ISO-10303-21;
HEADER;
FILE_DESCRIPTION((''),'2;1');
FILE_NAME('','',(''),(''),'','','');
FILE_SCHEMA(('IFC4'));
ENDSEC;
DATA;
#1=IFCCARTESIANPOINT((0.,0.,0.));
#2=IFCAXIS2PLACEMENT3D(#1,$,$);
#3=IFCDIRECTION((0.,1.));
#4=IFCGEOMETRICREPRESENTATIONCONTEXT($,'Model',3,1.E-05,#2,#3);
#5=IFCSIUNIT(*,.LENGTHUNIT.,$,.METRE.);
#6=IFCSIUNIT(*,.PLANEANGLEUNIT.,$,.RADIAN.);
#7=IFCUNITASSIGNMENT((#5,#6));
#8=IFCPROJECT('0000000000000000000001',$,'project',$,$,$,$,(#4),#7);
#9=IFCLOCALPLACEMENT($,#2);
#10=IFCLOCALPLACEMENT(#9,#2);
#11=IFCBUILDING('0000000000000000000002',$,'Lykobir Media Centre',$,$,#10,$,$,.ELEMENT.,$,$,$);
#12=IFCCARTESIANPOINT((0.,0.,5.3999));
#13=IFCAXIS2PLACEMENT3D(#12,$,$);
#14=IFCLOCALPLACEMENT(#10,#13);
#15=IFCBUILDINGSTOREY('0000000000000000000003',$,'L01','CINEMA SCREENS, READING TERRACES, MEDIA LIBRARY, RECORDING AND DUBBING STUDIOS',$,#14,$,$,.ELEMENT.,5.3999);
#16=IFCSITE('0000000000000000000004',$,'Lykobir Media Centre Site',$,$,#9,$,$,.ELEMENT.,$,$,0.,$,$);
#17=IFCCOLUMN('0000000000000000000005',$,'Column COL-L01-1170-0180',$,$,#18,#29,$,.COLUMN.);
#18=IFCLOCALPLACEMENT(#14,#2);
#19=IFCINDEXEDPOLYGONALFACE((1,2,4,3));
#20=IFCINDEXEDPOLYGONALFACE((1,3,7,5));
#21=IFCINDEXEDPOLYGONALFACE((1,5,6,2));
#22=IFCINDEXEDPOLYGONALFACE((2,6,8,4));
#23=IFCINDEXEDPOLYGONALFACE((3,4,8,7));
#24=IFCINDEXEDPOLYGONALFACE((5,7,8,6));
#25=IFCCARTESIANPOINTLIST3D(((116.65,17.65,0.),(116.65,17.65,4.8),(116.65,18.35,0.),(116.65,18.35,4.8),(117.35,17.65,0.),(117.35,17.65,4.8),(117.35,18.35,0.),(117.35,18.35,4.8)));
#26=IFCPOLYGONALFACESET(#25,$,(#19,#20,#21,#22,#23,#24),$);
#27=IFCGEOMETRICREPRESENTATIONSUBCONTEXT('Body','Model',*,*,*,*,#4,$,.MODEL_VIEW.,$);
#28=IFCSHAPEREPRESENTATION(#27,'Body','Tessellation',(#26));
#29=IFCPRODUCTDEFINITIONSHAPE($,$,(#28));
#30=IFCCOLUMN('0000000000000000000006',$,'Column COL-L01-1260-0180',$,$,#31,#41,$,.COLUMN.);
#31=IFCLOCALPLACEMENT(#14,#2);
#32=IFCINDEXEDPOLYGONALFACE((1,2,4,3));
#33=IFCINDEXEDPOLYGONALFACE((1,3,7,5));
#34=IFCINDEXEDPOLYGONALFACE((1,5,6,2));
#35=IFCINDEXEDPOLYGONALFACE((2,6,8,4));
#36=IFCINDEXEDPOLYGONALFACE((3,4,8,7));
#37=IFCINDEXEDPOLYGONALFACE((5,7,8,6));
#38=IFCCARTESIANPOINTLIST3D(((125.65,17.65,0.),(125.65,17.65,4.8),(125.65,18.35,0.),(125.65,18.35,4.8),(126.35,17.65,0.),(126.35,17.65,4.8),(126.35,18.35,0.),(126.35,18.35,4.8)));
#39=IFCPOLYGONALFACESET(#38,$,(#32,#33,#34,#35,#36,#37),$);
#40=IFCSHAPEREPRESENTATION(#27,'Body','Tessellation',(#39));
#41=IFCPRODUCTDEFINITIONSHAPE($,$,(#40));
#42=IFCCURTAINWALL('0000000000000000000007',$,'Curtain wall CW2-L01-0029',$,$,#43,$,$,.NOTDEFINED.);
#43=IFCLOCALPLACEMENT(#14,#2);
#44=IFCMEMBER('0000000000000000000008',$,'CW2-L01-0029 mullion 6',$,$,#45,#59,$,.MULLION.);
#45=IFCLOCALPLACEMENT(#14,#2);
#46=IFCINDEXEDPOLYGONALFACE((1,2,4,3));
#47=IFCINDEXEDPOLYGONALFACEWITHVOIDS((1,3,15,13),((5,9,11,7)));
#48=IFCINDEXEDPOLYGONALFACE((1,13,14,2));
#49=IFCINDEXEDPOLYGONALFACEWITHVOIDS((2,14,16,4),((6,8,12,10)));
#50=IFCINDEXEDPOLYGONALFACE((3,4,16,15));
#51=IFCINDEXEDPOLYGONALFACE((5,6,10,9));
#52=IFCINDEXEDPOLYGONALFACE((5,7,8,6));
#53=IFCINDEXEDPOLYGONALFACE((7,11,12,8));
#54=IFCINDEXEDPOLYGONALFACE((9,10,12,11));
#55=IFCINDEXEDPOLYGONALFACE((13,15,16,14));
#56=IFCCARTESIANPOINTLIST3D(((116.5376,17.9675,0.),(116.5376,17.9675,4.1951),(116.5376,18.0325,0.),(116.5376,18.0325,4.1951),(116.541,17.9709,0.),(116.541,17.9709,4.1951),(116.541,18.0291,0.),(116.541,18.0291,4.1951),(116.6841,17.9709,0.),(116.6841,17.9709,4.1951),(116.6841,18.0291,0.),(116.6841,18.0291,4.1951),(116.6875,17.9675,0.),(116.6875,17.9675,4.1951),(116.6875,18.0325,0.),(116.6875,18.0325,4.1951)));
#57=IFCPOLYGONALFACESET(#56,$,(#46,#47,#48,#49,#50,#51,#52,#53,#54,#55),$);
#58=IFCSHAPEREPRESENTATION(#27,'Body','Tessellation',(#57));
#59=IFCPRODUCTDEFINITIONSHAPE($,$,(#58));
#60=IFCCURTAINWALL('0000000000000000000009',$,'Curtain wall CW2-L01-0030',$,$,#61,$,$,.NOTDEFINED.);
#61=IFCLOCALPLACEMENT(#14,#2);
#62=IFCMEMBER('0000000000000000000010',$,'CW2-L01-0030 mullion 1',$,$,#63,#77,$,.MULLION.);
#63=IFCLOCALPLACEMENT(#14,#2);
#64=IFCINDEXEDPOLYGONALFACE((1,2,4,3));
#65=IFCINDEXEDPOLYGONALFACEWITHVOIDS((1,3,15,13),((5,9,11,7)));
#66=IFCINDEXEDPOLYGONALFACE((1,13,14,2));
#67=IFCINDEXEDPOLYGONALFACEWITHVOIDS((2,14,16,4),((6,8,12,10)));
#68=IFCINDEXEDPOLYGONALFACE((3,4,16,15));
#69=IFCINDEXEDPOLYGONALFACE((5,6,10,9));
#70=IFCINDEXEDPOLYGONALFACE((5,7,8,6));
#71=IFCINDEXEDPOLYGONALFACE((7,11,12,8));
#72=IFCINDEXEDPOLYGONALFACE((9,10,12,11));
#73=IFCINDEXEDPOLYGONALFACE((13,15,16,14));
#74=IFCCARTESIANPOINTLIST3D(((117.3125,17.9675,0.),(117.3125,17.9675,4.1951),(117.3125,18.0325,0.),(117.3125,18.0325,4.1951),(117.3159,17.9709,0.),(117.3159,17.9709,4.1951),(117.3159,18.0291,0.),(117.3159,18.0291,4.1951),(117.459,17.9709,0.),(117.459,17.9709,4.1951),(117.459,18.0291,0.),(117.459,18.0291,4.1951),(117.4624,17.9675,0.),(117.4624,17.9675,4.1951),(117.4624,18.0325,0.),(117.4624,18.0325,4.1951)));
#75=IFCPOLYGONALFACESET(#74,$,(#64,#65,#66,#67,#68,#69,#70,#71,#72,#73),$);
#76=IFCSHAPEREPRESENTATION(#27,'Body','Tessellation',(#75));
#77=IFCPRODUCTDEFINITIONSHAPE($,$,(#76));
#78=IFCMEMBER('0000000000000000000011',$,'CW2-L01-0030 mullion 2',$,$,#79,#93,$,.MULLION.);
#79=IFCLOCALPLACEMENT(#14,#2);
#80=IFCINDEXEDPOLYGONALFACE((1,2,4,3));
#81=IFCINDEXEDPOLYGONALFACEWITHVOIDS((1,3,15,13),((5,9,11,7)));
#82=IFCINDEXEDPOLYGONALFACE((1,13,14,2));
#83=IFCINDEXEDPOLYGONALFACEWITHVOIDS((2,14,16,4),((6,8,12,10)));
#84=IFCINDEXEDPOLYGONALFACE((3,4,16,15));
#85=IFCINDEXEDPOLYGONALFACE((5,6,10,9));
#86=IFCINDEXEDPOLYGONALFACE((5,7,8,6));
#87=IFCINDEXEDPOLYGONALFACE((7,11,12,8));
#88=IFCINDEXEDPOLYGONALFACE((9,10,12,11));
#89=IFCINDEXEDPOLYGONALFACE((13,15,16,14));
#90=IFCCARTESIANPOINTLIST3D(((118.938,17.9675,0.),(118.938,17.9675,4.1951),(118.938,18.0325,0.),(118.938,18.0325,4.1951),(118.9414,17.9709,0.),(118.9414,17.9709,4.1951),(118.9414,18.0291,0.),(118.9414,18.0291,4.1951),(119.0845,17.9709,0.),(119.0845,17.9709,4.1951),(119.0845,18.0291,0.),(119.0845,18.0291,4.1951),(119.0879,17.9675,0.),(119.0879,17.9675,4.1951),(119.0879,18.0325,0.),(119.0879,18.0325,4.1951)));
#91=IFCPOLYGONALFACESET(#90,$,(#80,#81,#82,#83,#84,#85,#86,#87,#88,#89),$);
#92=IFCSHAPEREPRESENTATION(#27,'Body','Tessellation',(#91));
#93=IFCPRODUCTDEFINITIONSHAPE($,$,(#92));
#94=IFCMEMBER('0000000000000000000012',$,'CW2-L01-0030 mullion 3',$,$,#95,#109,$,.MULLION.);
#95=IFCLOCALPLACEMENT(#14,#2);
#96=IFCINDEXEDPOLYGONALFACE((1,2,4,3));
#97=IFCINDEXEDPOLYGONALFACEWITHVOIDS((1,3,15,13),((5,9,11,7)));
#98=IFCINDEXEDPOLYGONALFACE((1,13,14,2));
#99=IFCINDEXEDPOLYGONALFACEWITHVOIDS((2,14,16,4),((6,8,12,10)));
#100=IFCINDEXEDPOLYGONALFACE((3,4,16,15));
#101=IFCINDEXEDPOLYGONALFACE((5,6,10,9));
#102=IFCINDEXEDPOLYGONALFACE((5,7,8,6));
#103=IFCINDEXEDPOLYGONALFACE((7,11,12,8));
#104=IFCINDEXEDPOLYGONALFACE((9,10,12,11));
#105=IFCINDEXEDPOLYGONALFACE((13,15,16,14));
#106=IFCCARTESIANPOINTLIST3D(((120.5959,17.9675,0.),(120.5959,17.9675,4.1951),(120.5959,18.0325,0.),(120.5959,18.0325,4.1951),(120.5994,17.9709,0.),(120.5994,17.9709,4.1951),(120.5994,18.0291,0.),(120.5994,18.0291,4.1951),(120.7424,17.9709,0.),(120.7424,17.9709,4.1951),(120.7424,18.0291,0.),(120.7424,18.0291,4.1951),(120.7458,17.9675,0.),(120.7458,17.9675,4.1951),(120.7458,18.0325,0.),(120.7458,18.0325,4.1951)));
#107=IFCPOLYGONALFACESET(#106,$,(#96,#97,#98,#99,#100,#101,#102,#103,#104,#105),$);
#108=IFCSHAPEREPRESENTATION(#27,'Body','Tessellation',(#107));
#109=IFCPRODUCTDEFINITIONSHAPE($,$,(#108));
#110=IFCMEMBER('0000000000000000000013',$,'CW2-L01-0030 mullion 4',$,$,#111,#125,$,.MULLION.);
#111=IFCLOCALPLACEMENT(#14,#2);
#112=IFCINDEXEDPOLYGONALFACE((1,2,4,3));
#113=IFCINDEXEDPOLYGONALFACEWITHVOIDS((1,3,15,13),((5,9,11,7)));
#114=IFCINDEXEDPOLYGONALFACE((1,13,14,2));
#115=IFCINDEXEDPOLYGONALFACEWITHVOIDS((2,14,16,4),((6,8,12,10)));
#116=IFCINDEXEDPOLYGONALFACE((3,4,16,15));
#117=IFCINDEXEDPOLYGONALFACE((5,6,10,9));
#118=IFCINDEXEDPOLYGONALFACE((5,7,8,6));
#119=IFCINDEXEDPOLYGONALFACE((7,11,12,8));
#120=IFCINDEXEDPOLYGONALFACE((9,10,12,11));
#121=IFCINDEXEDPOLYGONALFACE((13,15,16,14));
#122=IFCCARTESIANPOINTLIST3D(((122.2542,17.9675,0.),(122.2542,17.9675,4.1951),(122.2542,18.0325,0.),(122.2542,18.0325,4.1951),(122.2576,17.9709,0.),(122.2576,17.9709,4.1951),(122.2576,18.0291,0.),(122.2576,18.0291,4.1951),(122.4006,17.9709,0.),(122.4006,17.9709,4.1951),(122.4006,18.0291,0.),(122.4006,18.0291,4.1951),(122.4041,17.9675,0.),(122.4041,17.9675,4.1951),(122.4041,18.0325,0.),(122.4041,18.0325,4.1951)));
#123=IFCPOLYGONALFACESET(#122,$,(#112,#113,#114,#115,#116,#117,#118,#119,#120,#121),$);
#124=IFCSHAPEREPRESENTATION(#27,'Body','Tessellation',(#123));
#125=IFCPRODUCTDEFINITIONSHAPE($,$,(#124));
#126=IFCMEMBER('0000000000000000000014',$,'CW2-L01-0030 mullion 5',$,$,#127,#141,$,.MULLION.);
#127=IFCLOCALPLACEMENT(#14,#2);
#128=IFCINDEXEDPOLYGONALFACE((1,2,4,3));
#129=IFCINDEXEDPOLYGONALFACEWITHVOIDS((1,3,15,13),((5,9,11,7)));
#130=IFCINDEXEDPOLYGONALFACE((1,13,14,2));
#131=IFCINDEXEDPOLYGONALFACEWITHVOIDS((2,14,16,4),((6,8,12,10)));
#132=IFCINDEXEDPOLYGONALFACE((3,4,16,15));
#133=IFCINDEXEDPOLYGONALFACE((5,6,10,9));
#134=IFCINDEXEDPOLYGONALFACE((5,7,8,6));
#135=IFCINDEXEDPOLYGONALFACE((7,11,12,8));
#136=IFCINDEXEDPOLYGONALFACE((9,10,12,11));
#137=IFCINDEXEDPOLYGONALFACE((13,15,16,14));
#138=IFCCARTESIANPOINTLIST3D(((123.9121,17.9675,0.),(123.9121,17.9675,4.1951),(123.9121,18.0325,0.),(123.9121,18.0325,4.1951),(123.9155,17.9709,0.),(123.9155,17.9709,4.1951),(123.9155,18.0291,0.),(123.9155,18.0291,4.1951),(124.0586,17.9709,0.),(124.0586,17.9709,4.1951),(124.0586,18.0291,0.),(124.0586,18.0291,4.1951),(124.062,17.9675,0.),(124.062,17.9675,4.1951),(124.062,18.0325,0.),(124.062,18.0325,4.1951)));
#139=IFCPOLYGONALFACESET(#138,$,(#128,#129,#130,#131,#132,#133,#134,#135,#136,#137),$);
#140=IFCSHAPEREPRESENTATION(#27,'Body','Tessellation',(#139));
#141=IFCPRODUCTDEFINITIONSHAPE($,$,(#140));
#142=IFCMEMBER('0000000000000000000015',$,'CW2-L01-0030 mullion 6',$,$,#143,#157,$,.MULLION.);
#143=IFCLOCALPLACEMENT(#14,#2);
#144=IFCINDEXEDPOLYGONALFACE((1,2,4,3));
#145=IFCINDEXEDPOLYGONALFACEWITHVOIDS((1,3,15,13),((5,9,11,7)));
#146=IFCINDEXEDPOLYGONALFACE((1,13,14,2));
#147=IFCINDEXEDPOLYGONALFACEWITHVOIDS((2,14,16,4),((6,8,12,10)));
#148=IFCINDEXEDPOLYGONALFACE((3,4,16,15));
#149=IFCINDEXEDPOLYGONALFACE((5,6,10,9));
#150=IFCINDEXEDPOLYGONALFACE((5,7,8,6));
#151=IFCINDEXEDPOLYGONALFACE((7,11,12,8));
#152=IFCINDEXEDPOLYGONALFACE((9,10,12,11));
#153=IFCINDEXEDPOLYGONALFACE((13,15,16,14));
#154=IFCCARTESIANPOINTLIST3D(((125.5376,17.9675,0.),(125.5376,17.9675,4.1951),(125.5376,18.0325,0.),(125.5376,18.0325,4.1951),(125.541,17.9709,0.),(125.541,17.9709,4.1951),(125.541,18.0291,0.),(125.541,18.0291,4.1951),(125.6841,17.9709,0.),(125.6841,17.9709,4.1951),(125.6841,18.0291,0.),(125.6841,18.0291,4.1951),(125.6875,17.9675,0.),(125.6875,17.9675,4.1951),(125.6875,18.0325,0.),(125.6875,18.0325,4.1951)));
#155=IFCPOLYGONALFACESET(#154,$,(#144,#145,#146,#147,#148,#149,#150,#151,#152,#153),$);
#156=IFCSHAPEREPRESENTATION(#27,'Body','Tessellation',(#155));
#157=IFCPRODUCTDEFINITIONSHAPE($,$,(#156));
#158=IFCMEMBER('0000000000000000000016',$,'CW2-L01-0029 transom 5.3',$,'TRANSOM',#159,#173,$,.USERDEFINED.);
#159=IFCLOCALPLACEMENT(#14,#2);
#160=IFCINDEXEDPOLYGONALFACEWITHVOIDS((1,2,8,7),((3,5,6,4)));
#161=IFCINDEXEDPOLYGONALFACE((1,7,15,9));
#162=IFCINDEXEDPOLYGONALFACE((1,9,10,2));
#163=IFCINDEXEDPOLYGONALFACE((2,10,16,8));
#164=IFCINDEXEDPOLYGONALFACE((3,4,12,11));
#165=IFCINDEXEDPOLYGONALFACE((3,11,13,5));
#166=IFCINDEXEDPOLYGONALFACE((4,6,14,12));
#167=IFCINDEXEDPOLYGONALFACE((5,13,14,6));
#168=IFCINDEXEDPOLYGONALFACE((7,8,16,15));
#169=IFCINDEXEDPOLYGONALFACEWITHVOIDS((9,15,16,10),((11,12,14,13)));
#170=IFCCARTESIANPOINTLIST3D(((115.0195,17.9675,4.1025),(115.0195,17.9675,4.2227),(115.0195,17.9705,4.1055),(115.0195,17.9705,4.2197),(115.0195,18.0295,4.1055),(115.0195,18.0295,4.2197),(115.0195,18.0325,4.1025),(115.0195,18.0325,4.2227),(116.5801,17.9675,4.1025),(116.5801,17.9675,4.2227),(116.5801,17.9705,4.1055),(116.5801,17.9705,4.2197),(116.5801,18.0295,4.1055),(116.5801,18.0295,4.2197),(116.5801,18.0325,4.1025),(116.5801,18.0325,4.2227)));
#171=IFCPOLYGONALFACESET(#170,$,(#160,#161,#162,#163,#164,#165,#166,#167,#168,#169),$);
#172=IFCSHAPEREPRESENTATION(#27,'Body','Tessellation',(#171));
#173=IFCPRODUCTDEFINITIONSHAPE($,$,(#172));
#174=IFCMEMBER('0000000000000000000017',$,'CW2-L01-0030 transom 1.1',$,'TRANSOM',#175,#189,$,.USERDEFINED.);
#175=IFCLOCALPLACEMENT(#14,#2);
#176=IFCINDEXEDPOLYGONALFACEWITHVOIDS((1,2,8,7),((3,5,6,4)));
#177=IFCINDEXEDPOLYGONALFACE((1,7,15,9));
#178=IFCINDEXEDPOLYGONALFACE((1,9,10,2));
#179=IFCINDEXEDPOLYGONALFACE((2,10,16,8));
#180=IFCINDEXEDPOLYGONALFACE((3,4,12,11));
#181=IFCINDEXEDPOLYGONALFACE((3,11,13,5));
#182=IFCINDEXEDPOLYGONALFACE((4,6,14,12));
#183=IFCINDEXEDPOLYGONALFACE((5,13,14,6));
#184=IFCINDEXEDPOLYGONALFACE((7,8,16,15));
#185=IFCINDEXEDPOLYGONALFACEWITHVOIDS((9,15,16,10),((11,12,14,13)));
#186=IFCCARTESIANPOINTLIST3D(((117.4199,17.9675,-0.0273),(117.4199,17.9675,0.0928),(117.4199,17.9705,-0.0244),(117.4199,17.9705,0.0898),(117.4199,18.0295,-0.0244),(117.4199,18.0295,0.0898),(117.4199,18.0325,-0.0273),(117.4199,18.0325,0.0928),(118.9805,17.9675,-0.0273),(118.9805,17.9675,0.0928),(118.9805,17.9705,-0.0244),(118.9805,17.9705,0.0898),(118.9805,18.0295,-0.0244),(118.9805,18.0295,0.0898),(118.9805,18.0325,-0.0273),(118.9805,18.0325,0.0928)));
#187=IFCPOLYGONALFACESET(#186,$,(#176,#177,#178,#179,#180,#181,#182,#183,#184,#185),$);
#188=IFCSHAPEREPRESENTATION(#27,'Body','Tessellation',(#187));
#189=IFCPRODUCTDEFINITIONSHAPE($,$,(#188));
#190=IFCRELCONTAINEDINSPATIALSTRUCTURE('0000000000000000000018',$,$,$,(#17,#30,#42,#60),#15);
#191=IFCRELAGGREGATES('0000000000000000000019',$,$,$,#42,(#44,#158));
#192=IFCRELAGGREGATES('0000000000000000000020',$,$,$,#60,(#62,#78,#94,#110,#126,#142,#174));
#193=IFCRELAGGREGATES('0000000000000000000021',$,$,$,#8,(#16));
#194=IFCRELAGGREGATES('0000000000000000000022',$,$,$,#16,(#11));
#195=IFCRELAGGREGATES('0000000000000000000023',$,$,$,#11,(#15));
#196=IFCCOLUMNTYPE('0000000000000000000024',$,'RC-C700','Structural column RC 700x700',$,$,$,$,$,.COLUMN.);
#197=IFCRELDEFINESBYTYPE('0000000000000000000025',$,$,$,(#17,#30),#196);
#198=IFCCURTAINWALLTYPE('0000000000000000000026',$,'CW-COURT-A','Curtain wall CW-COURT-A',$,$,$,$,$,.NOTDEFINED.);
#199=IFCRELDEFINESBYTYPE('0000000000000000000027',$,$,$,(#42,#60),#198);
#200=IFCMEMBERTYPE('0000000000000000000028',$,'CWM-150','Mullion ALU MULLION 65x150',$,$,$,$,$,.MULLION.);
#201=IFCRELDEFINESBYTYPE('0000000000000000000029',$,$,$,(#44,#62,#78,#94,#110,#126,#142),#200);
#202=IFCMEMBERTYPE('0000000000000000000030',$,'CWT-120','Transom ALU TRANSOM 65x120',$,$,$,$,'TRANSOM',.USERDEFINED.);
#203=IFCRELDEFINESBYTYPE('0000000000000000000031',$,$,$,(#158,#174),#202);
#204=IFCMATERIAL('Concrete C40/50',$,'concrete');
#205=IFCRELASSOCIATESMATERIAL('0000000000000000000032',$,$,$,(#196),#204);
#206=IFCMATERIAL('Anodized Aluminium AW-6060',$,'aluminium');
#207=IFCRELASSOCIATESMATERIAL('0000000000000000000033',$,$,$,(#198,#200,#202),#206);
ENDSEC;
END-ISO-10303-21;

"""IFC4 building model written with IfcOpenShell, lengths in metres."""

from ifc_helpers import new_model, si_unit, direction, frame, origin, origin_2d, place, context, subcontext, project, spatial, rectangle, hollow_rectangle, extrude, material, material_profile, profile_set, type_object, element, aggregate, save


model = new_model("IFC4")

# Units and contexts
model_context = context("Model", 3, precision=1e-05, world=origin(), true_north=direction((0.0, 1.0)))
body_context = subcontext(model_context, "Body", "Model", "MODEL_VIEW")
ifc_project = project(units=[si_unit("LENGTHUNIT", "METRE"), si_unit("PLANEANGLEUNIT", "RADIAN")], contexts=[model_context])

# Site, building, storey
site_placement = place(None, origin())
site = spatial("IfcSite", under=ifc_project, at=site_placement, Name="Lykobir Media Centre Site", CompositionType="ELEMENT", RefElevation=0.0)
building_placement = place(site_placement, origin())
building = spatial("IfcBuilding", under=site, at=building_placement, Name="Lykobir Media Centre", CompositionType="ELEMENT")
storey_placement = place(building_placement, frame((0.0, 0.0, 5.3999)))
storey = spatial("IfcBuildingStorey", under=building, at=storey_placement, Name="L01", Description="CINEMA SCREENS, READING TERRACES, MEDIA LIBRARY, RECORDING AND DUBBING STUDIOS", CompositionType="ELEMENT", Elevation=5.3999)

# Columns
ifc_material_1 = material(Name="Concrete C40/50", Category="concrete")
ifc_material_profile_1 = material_profile(ifc_material_1, rectangle(XDim=0.7, YDim=0.7, at=origin_2d()), Name="RC 700x700")
ifc_profile_set_1 = profile_set([ifc_material_profile_1], Name="Concrete C40/50")
column_type = type_object("IfcColumnType", Name="RC-C700", Description="Structural column RC 700x700", PredefinedType="COLUMN", material=ifc_profile_set_1)
for number, where, z_axis, x_axis, name in (
    (1, (117.0, 18.0, 0.0), (0.0, 0.0, 1.0), (1.0, 0.0, 0.0), "Column COL-L01-1170-0180"),
    (2, (126.0, 18.0, 0.0), (0.0, 0.0, 1.0), (1.0, 0.0, 0.0), "Column COL-L01-1260-0180"),
):
    element("IfcColumn", number, at=place(storey_placement, frame(where, z_axis=z_axis, x_axis=x_axis)), inside=storey, type_object=column_type, Name=name, PredefinedType="COLUMN", context=body_context, shape_type="SweptSolid", body=[
        extrude(rectangle(XDim=0.7, YDim=0.7, at=origin_2d()), origin(), (0.0, 0.0, 1.0), 4.8),
    ])

# Curtain wall, member
ifc_material_2 = material(Name="Anodized Aluminium AW-6060", Category="aluminium")
curtain_wall_type = type_object("IfcCurtainWallType", Name="CW-COURT-A", Description="Curtain wall CW-COURT-A", PredefinedType="NOTDEFINED", material=ifc_material_2)
curtain_wall_1_placement = place(storey_placement, origin())
curtain_wall_1 = element("IfcCurtainWall", 3, at=curtain_wall_1_placement, inside=storey, type_object=curtain_wall_type, Name="Curtain wall CW2-L01-0029", PredefinedType="NOTDEFINED")
ifc_material_profile_2 = material_profile(ifc_material_2, hollow_rectangle(XDim=0.0649, YDim=0.1499, WallThickness=0.0034, at=origin_2d()), Name="ALU MULLION 65x150")
ifc_profile_set_2 = profile_set([ifc_material_profile_2], Name="Anodized Aluminium AW-6060")
member_type_1 = type_object("IfcMemberType", Name="CWM-150", Description="Mullion ALU MULLION 65x150", PredefinedType="MULLION", material=ifc_profile_set_2)
member_1_placement = place(storey_placement, frame((116.6125, 18.0, 0.0), z_axis=(0.0, 0.0, 1.0), x_axis=(0.0, 1.0, 0.0)))
member_1 = element("IfcMember", 4, at=member_1_placement, type_object=member_type_1, Name="CW2-L01-0029 mullion 6", PredefinedType="MULLION", context=body_context, shape_type="SweptSolid", body=[
    extrude(hollow_rectangle(XDim=0.0649, YDim=0.1499, WallThickness=0.0034, at=origin_2d()), origin(), (0.0, 0.0, 1.0), 4.1951),
])

# Curtain wall, members
curtain_wall_2_placement = place(storey_placement, origin())
curtain_wall_2 = element("IfcCurtainWall", 5, at=curtain_wall_2_placement, inside=storey, type_object=curtain_wall_type, Name="Curtain wall CW2-L01-0030", PredefinedType="NOTDEFINED")
member_2_placement = place(storey_placement, frame((117.3875, 18.0, 0.0), z_axis=(0.0, 0.0, 1.0), x_axis=(0.0, 1.0, 0.0)))
member_2 = element("IfcMember", 6, at=member_2_placement, type_object=member_type_1, Name="CW2-L01-0030 mullion 1", PredefinedType="MULLION", context=body_context, shape_type="SweptSolid", body=[
    extrude(hollow_rectangle(XDim=0.0649, YDim=0.1499, WallThickness=0.0034, at=origin_2d()), origin(), (0.0, 0.0, 1.0), 4.1951),
])
member_3_placement = place(storey_placement, frame((119.0129, 18.0, 0.0), z_axis=(0.0, 0.0, 1.0), x_axis=(0.0, 1.0, 0.0)))
member_3 = element("IfcMember", 7, at=member_3_placement, type_object=member_type_1, Name="CW2-L01-0030 mullion 2", PredefinedType="MULLION", context=body_context, shape_type="SweptSolid", body=[
    extrude(hollow_rectangle(XDim=0.0649, YDim=0.1499, WallThickness=0.0034, at=origin_2d()), origin(), (0.0, 0.0, 1.0), 4.1951),
])
member_4_placement = place(storey_placement, frame((120.6709, 18.0, 0.0), z_axis=(0.0, 0.0, 1.0), x_axis=(0.0, 1.0, 0.0)))
member_4 = element("IfcMember", 8, at=member_4_placement, type_object=member_type_1, Name="CW2-L01-0030 mullion 3", PredefinedType="MULLION", context=body_context, shape_type="SweptSolid", body=[
    extrude(hollow_rectangle(XDim=0.0649, YDim=0.1499, WallThickness=0.0034, at=origin_2d()), origin(), (0.0, 0.0, 1.0), 4.1951),
])
member_5_placement = place(storey_placement, frame((122.3291, 18.0, 0.0), z_axis=(0.0, 0.0, 1.0), x_axis=(0.0, 1.0, 0.0)))
member_5 = element("IfcMember", 9, at=member_5_placement, type_object=member_type_1, Name="CW2-L01-0030 mullion 4", PredefinedType="MULLION", context=body_context, shape_type="SweptSolid", body=[
    extrude(hollow_rectangle(XDim=0.0649, YDim=0.1499, WallThickness=0.0034, at=origin_2d()), origin(), (0.0, 0.0, 1.0), 4.1951),
])
member_6_placement = place(storey_placement, frame((123.9871, 18.0, 0.0), z_axis=(0.0, 0.0, 1.0), x_axis=(0.0, 1.0, 0.0)))
member_6 = element("IfcMember", 10, at=member_6_placement, type_object=member_type_1, Name="CW2-L01-0030 mullion 5", PredefinedType="MULLION", context=body_context, shape_type="SweptSolid", body=[
    extrude(hollow_rectangle(XDim=0.0649, YDim=0.1499, WallThickness=0.0034, at=origin_2d()), origin(), (0.0, 0.0, 1.0), 4.1951),
])
member_7_placement = place(storey_placement, frame((125.6125, 18.0, 0.0), z_axis=(0.0, 0.0, 1.0), x_axis=(0.0, 1.0, 0.0)))
member_7 = element("IfcMember", 11, at=member_7_placement, type_object=member_type_1, Name="CW2-L01-0030 mullion 6", PredefinedType="MULLION", context=body_context, shape_type="SweptSolid", body=[
    extrude(hollow_rectangle(XDim=0.0649, YDim=0.1499, WallThickness=0.0034, at=origin_2d()), origin(), (0.0, 0.0, 1.0), 4.1951),
])

# Members
ifc_material_profile_3 = material_profile(ifc_material_2, hollow_rectangle(XDim=0.0649, YDim=0.1201, WallThickness=0.0029, at=origin_2d()), Name="ALU TRANSOM 65x120")
ifc_profile_set_3 = profile_set([ifc_material_profile_3], Name="Anodized Aluminium AW-6060")
member_type_2 = type_object("IfcMemberType", Name="CWT-120", Description="Transom ALU TRANSOM 65x120", ElementType="TRANSOM", PredefinedType="USERDEFINED", material=ifc_profile_set_3)
member_8_placement = place(storey_placement, frame((115.0195, 18.0, 4.1626), z_axis=(1.0, 0.0, 0.0), x_axis=(0.0, 1.0, 0.0)))
member_8 = element("IfcMember", 12, at=member_8_placement, type_object=member_type_2, Name="CW2-L01-0029 transom 5.3", ObjectType="TRANSOM", PredefinedType="USERDEFINED", context=body_context, shape_type="SweptSolid", body=[
    extrude(hollow_rectangle(XDim=0.0649, YDim=0.1201, WallThickness=0.0029, at=origin_2d()), origin(), (0.0, 0.0, 1.0), 1.5605),
])
member_9_placement = place(storey_placement, frame((117.4199, 18.0, 0.0327), z_axis=(1.0, 0.0, 0.0), x_axis=(0.0, 1.0, 0.0)))
member_9 = element("IfcMember", 13, at=member_9_placement, type_object=member_type_2, Name="CW2-L01-0030 transom 1.1", ObjectType="TRANSOM", PredefinedType="USERDEFINED", context=body_context, shape_type="SweptSolid", body=[
    extrude(hollow_rectangle(XDim=0.0649, YDim=0.1201, WallThickness=0.0029, at=origin_2d()), origin(), (0.0, 0.0, 1.0), 1.5605),
])

aggregate(curtain_wall_1, [member_1, member_8])
aggregate(curtain_wall_2, [member_2, member_3, member_4, member_5, member_6, member_7, member_9])

save(model, "model.ifc")
